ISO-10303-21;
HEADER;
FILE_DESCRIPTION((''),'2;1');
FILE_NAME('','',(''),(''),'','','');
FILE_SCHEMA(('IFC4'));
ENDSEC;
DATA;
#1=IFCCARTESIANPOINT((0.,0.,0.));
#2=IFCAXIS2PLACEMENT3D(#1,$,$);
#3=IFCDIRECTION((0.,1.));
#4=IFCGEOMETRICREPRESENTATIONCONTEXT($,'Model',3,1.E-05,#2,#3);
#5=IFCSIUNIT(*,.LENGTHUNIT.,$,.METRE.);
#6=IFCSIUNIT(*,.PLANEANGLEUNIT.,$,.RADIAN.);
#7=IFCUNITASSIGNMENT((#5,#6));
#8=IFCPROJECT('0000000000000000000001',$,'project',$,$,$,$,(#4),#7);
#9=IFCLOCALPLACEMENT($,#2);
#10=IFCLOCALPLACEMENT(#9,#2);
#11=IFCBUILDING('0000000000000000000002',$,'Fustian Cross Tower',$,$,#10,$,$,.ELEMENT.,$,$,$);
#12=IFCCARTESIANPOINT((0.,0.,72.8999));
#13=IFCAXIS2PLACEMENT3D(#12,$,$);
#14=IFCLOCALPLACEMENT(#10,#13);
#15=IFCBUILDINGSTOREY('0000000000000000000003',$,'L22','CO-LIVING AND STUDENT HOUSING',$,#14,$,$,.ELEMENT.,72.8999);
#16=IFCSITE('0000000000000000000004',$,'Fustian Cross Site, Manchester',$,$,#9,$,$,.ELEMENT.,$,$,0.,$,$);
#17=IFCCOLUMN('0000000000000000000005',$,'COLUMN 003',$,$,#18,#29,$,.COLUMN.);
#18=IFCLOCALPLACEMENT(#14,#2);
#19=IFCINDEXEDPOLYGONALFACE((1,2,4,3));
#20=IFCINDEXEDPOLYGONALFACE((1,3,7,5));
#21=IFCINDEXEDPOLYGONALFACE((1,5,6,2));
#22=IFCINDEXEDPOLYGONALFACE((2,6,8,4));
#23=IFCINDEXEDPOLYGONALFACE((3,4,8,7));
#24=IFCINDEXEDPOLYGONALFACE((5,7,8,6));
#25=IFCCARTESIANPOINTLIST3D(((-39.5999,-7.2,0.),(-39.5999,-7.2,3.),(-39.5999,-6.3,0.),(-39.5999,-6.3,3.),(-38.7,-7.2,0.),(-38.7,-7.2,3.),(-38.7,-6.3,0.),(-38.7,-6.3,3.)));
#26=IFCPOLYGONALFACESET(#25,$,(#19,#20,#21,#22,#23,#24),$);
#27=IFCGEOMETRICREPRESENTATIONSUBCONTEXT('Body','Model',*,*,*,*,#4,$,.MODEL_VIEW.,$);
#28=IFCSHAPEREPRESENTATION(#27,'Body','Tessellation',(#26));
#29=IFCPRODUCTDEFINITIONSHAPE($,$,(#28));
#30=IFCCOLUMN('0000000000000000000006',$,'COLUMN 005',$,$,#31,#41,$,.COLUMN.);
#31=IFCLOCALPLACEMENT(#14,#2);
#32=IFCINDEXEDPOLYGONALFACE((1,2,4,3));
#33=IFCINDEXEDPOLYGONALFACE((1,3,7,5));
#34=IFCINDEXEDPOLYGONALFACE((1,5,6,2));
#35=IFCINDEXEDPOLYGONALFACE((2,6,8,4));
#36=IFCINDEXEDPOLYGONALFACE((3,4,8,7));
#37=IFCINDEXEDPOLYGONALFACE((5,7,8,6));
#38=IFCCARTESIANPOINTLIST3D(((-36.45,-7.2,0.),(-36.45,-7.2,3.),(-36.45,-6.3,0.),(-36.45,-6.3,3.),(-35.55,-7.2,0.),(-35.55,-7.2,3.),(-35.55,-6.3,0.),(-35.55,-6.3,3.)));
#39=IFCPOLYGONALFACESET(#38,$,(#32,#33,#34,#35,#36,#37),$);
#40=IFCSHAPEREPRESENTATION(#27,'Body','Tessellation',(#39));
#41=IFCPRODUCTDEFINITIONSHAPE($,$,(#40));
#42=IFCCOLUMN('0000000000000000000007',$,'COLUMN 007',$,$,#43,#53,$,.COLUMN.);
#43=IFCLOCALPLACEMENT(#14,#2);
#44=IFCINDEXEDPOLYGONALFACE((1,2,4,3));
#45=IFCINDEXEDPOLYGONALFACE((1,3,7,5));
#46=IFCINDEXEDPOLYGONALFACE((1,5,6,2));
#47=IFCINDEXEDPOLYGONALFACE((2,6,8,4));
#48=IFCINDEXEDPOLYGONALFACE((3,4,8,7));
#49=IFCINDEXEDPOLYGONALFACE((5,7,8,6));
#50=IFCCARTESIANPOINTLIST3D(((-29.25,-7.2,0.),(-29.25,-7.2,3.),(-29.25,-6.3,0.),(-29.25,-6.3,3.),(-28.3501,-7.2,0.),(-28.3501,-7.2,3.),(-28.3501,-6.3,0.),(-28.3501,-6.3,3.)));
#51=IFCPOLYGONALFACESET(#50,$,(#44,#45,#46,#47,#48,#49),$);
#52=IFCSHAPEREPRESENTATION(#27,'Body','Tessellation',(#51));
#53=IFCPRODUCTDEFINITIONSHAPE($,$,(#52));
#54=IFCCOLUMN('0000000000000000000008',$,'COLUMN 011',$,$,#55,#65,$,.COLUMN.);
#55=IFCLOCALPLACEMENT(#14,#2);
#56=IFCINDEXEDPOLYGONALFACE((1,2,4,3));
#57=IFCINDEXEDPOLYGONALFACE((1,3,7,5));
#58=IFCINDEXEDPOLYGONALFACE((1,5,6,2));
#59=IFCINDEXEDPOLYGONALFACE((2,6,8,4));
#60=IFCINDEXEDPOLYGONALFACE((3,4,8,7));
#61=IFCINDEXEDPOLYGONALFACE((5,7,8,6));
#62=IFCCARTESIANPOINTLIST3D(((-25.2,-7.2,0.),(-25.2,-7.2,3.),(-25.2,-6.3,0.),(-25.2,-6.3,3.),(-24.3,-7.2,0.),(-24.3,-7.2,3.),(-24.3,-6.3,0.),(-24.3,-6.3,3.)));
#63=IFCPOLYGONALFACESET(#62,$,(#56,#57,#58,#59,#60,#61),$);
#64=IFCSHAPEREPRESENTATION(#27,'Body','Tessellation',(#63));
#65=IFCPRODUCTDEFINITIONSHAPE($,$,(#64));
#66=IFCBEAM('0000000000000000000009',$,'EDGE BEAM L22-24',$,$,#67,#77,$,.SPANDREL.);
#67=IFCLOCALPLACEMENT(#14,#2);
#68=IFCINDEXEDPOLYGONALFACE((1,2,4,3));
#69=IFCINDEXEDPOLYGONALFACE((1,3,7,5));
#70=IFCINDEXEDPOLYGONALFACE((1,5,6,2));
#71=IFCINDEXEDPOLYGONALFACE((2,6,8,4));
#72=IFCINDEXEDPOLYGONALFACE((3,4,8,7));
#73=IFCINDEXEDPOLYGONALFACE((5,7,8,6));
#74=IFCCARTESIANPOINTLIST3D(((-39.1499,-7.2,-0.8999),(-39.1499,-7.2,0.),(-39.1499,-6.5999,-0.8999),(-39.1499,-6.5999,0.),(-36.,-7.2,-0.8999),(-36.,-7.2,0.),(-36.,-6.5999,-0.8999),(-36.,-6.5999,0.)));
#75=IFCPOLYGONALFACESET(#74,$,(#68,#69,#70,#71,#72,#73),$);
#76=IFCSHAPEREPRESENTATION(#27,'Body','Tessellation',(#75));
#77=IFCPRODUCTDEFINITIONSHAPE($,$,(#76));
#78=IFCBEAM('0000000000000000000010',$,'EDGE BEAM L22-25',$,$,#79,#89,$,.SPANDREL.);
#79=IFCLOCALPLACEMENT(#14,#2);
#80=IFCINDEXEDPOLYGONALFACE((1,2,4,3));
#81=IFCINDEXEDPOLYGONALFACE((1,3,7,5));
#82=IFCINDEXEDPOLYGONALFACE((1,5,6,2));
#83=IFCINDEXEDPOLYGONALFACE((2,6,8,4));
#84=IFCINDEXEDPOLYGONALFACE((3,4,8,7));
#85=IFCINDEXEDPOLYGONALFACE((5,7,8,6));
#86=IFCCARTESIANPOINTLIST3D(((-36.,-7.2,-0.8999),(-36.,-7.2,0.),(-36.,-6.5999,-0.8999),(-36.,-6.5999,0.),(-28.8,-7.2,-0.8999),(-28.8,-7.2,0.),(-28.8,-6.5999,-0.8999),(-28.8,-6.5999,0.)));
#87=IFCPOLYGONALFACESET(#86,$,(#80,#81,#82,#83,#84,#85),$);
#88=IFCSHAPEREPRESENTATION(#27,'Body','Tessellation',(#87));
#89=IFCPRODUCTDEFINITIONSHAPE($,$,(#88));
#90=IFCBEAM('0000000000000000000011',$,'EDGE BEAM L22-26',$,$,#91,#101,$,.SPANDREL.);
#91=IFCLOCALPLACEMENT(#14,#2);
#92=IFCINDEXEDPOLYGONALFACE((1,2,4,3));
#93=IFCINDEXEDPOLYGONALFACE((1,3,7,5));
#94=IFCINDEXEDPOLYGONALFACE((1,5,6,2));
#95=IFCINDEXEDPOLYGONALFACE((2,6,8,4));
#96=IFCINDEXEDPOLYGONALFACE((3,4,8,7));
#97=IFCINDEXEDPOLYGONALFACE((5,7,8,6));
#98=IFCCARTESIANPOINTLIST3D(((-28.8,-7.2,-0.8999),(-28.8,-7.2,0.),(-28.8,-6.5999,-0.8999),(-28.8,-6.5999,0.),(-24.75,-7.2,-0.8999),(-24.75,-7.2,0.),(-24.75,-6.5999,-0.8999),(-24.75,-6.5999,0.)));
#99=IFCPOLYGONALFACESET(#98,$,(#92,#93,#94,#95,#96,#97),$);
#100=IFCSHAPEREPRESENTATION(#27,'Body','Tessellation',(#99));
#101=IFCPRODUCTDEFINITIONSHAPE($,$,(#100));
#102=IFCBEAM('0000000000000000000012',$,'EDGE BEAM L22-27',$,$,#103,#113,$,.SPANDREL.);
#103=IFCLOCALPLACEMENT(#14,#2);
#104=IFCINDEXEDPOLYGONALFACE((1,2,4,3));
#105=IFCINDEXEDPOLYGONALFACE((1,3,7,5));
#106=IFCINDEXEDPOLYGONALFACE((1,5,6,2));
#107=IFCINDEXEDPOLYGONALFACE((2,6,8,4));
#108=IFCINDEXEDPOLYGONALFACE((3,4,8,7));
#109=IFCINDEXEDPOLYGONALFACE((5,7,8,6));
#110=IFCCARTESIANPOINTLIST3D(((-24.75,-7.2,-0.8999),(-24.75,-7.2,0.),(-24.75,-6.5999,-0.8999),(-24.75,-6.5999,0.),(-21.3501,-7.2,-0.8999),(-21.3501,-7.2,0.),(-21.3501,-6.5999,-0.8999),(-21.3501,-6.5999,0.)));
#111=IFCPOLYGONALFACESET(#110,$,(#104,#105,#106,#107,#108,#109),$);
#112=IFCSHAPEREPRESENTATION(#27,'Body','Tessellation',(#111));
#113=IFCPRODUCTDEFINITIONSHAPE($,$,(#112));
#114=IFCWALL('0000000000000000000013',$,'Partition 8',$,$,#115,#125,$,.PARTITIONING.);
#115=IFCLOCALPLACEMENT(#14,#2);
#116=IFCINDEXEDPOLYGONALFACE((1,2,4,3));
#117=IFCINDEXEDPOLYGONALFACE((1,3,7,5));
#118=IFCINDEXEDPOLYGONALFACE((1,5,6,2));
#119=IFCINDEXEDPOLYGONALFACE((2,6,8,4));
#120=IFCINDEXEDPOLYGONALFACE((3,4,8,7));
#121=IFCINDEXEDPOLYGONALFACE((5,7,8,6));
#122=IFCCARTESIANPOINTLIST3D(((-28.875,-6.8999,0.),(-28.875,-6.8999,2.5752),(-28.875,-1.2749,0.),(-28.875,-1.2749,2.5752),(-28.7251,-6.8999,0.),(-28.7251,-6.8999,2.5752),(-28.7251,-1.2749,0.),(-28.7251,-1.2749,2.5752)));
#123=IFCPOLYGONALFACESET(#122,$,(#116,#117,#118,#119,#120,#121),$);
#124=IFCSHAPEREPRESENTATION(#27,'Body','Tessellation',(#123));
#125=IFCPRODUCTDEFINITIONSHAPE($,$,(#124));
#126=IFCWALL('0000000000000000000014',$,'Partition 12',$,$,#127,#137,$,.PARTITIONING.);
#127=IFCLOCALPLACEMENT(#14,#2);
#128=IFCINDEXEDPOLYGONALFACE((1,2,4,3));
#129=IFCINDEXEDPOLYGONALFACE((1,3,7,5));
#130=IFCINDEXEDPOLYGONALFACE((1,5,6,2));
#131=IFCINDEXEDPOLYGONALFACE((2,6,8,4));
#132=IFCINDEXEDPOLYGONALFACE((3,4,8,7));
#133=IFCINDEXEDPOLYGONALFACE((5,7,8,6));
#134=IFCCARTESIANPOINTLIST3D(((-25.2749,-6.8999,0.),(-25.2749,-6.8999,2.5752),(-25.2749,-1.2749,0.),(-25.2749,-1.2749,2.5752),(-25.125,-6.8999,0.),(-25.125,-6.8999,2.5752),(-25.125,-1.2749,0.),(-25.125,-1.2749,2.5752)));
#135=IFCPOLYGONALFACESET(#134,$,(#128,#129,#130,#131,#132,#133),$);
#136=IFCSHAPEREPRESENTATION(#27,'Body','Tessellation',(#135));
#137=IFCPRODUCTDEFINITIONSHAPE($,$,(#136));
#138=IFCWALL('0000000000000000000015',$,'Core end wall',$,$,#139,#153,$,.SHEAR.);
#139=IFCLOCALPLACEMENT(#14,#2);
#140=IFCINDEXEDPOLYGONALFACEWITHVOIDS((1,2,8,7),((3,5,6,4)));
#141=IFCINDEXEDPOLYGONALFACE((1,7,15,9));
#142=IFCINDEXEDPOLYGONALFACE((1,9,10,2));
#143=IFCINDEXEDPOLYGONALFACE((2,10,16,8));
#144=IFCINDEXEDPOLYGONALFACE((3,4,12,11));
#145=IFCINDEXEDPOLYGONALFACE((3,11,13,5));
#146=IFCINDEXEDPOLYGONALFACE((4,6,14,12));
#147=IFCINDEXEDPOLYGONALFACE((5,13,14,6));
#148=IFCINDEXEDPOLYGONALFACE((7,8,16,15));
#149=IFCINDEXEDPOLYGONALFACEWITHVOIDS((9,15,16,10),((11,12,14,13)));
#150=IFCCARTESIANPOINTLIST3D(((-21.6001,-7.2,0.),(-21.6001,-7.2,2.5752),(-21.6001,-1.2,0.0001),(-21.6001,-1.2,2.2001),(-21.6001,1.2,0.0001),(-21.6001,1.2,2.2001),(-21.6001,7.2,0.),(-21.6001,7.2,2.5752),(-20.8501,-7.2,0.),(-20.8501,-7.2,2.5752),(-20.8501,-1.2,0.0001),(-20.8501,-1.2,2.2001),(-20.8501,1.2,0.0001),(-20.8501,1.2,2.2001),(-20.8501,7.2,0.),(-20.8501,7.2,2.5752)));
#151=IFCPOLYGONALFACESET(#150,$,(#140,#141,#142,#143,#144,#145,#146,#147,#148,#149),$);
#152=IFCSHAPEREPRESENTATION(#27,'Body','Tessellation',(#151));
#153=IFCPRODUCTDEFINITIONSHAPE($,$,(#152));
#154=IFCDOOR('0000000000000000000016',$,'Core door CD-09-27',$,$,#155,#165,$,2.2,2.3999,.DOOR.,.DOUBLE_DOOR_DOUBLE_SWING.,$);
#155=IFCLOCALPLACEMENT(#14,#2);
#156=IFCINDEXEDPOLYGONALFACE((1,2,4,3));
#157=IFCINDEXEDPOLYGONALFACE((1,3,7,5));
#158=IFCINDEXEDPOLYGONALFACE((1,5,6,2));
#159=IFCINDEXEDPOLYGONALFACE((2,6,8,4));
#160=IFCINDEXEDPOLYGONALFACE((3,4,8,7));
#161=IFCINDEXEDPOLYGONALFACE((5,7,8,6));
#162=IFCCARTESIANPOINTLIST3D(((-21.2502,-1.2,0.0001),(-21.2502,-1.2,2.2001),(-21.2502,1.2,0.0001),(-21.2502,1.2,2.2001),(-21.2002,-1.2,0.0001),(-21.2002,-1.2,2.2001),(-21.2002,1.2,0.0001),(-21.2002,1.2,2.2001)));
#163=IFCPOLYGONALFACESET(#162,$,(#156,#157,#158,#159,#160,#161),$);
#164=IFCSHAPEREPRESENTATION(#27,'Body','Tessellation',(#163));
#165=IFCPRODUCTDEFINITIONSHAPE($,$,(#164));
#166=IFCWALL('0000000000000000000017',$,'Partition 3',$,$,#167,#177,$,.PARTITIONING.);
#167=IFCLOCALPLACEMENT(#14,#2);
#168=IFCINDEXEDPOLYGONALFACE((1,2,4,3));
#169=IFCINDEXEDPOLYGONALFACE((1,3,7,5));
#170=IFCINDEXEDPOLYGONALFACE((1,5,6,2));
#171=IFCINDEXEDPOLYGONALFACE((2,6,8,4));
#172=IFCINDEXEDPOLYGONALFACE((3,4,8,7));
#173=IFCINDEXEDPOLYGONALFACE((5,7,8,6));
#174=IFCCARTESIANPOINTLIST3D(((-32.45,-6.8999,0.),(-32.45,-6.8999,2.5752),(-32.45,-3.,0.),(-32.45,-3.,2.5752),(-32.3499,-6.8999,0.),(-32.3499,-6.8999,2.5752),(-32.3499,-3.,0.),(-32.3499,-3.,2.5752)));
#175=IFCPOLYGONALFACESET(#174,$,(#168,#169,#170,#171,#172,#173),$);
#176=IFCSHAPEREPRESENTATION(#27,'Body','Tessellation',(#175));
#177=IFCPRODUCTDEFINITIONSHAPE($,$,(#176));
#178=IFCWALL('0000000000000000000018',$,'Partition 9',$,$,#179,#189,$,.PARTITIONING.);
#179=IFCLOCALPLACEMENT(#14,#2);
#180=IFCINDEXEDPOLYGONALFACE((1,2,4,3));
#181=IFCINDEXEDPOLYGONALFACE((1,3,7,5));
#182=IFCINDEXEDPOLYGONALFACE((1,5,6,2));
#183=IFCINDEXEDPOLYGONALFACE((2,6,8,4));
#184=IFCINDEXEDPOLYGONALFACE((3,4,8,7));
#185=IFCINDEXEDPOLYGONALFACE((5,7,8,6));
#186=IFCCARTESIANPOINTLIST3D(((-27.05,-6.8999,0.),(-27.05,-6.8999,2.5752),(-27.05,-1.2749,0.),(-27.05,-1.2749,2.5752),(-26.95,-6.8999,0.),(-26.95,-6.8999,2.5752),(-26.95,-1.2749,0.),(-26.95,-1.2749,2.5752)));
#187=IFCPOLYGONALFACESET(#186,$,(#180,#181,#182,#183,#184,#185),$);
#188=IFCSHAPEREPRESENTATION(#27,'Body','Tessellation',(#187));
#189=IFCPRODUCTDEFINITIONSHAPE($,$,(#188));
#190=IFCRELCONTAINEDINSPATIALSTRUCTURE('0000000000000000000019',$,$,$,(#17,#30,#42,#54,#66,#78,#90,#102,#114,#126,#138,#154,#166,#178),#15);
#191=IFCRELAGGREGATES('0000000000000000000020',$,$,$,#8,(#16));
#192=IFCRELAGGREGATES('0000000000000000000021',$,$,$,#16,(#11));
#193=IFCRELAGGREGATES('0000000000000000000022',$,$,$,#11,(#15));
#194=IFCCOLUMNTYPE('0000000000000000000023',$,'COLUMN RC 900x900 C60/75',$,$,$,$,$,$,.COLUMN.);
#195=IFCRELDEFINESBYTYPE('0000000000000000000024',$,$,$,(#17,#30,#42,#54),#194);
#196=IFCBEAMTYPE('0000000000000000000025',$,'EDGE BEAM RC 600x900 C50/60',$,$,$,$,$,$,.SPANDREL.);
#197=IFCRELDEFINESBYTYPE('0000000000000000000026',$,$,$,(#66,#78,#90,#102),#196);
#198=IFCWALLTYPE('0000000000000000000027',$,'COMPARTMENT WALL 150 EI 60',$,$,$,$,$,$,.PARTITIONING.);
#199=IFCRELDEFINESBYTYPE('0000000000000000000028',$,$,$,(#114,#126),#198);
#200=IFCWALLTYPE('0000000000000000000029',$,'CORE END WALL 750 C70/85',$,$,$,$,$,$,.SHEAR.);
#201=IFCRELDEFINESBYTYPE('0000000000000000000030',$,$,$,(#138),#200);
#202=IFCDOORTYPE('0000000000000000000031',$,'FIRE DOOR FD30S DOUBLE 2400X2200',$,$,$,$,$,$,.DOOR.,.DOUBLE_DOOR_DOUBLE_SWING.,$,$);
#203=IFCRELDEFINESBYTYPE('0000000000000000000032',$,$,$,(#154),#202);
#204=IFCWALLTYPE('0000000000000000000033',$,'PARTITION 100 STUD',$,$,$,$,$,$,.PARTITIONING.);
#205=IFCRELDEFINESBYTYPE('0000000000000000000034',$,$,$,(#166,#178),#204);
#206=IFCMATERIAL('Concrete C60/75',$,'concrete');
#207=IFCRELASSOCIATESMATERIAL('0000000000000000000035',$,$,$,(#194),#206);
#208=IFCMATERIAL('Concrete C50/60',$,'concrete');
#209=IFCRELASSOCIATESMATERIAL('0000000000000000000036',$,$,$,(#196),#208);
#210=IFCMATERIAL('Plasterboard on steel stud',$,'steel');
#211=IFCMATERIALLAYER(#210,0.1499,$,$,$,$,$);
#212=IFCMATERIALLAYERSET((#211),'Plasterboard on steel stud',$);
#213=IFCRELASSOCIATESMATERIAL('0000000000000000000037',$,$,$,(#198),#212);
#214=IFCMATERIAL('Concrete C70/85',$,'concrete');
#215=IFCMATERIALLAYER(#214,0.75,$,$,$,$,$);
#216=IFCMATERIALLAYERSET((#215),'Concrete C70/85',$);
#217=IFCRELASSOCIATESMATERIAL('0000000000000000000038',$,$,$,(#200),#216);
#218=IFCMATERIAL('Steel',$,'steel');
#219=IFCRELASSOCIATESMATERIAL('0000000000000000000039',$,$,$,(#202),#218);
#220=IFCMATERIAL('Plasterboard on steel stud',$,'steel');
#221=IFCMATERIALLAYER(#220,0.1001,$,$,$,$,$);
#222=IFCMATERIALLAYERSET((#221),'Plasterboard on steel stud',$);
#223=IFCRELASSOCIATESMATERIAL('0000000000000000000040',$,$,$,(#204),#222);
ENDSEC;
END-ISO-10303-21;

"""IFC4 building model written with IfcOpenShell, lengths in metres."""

from ifc_helpers import new_model, si_unit, direction, frame, frame_2d, origin, origin_2d, place, context, subcontext, project, spatial, rectangle, extrude, material, layer, layer_set, material_profile, profile_set, type_object, element, fill, save


model = new_model("IFC4")

# Units and contexts
model_context = context("Model", 3, precision=1e-05, world=origin(), true_north=direction((0.0, 1.0)))
body_context = subcontext(model_context, "Body", "Model", "MODEL_VIEW")
ifc_project = project(units=[si_unit("LENGTHUNIT", "METRE"), si_unit("PLANEANGLEUNIT", "RADIAN")], contexts=[model_context])

# Site, building, storey
site_placement = place(None, origin())
site = spatial("IfcSite", under=ifc_project, at=site_placement, Name="Fustian Cross Site, Manchester", CompositionType="ELEMENT", RefElevation=0.0)
building_placement = place(site_placement, origin())
building = spatial("IfcBuilding", under=site, at=building_placement, Name="Fustian Cross Tower", CompositionType="ELEMENT")
storey_placement = place(building_placement, frame((0.0, 0.0, 72.8999)))
storey = spatial("IfcBuildingStorey", under=building, at=storey_placement, Name="L22", Description="CO-LIVING AND STUDENT HOUSING", CompositionType="ELEMENT", Elevation=72.8999)

# Columns
ifc_material_1 = material(Name="Concrete C60/75", Category="concrete")
ifc_material_profile_1 = material_profile(ifc_material_1, rectangle(XDim=0.8999, YDim=0.8999, at=origin_2d()), Name="RC 900x900")
ifc_profile_set_1 = profile_set([ifc_material_profile_1], Name="Concrete C60/75")
column_type = type_object("IfcColumnType", Name="COLUMN RC 900x900 C60/75", PredefinedType="COLUMN", material=ifc_profile_set_1)
for number, where, z_axis, x_axis, name in (
    (1, (-39.1499, -6.75, 0.0), (0.0, 0.0, 1.0), (1.0, 0.0, 0.0), "COLUMN 003"),
    (2, (-36.0, -6.75, 0.0), (0.0, 0.0, 1.0), (1.0, 0.0, 0.0), "COLUMN 005"),
    (3, (-28.8, -6.75, 0.0), (0.0, 0.0, 1.0), (1.0, 0.0, 0.0), "COLUMN 007"),
    (4, (-24.75, -6.75, 0.0), (0.0, 0.0, 1.0), (1.0, 0.0, 0.0), "COLUMN 011"),
):
    element("IfcColumn", number, at=place(storey_placement, frame(where, z_axis=z_axis, x_axis=x_axis)), inside=storey, type_object=column_type, Name=name, PredefinedType="COLUMN", context=body_context, shape_type="SweptSolid", body=[
        extrude(rectangle(XDim=0.8999, YDim=0.8999, at=origin_2d()), origin(), (0.0, 0.0, 1.0), 3.0),
    ])

# Beams
ifc_material_2 = material(Name="Concrete C50/60", Category="concrete")
ifc_material_profile_2 = material_profile(ifc_material_2, rectangle(XDim=0.6001, YDim=0.8999, at=origin_2d()), Name="RC 600x900")
ifc_profile_set_2 = profile_set([ifc_material_profile_2], Name="Concrete C50/60")
beam_type = type_object("IfcBeamType", Name="EDGE BEAM RC 600x900 C50/60", PredefinedType="SPANDREL", material=ifc_profile_set_2)
beam_1_placement = place(storey_placement, frame((-39.1499, -6.8999, -0.45), z_axis=(1.0, 0.0, 0.0), x_axis=(0.0, 1.0, 0.0)))
element("IfcBeam", 5, at=beam_1_placement, inside=storey, type_object=beam_type, Name="EDGE BEAM L22-24", PredefinedType="SPANDREL", context=body_context, shape_type="SweptSolid", body=[
    extrude(rectangle(XDim=0.6001, YDim=0.8999, at=origin_2d()), origin(), (0.0, 0.0, 1.0), 3.1499),
])
beam_2_placement = place(storey_placement, frame((-36.0, -6.8999, -0.45), z_axis=(1.0, 0.0, 0.0), x_axis=(0.0, 1.0, 0.0)))
element("IfcBeam", 6, at=beam_2_placement, inside=storey, type_object=beam_type, Name="EDGE BEAM L22-25", PredefinedType="SPANDREL", context=body_context, shape_type="SweptSolid", body=[
    extrude(rectangle(XDim=0.6001, YDim=0.8999, at=origin_2d()), origin(), (0.0, 0.0, 1.0), 7.2),
])
beam_3_placement = place(storey_placement, frame((-28.8, -6.8999, -0.45), z_axis=(1.0, 0.0, 0.0), x_axis=(0.0, 1.0, 0.0)))
element("IfcBeam", 7, at=beam_3_placement, inside=storey, type_object=beam_type, Name="EDGE BEAM L22-26", PredefinedType="SPANDREL", context=body_context, shape_type="SweptSolid", body=[
    extrude(rectangle(XDim=0.6001, YDim=0.8999, at=origin_2d()), origin(), (0.0, 0.0, 1.0), 4.05),
])
beam_4_placement = place(storey_placement, frame((-24.75, -6.8999, -0.45), z_axis=(1.0, 0.0, 0.0), x_axis=(0.0, 1.0, 0.0)))
element("IfcBeam", 8, at=beam_4_placement, inside=storey, type_object=beam_type, Name="EDGE BEAM L22-27", PredefinedType="SPANDREL", context=body_context, shape_type="SweptSolid", body=[
    extrude(rectangle(XDim=0.6001, YDim=0.8999, at=origin_2d()), origin(), (0.0, 0.0, 1.0), 3.3999),
])

# Walls
ifc_material_3 = material(Name="Plasterboard on steel stud", Category="steel")
ifc_layer_1 = layer(ifc_material_3, 0.1499)
ifc_layer_set_1 = layer_set([ifc_layer_1], Name="Plasterboard on steel stud")
wall_type_1 = type_object("IfcWallType", Name="COMPARTMENT WALL 150 EI 60", PredefinedType="PARTITIONING", material=ifc_layer_set_1)
for number, where, z_axis, x_axis, name in (
    (9, (-28.8, -6.8999, 0.0), (0.0, 0.0, 1.0), (0.0, 1.0, 0.0), "Partition 8"),
    (10, (-25.2, -6.8999, 0.0), (0.0, 0.0, 1.0), (0.0, 1.0, 0.0), "Partition 12"),
):
    element("IfcWall", number, at=place(storey_placement, frame(where, z_axis=z_axis, x_axis=x_axis)), inside=storey, type_object=wall_type_1, Name=name, PredefinedType="PARTITIONING", context=body_context, shape_type="SweptSolid", body=[
        extrude(rectangle(XDim=5.625, YDim=0.1499, at=frame_2d((2.8125, 0.0))), origin(), (0.0, 0.0, 1.0), 2.5752),
    ])

# Wall, opening, door
ifc_material_4 = material(Name="Concrete C70/85", Category="concrete")
ifc_layer_2 = layer(ifc_material_4, 0.75)
ifc_layer_set_2 = layer_set([ifc_layer_2], Name="Concrete C70/85")
wall_type_2 = type_object("IfcWallType", Name="CORE END WALL 750 C70/85", PredefinedType="SHEAR", material=ifc_layer_set_2)
wall_1_placement = place(storey_placement, frame((-21.2251, -7.2, 0.0), z_axis=(0.0, 0.0, 1.0), x_axis=(0.0, 1.0, 0.0)))
wall_1 = element("IfcWall", 11, at=wall_1_placement, inside=storey, type_object=wall_type_2, Name="Core end wall", PredefinedType="SHEAR", context=body_context, shape_type="SweptSolid", body=[
    extrude(rectangle(XDim=14.3999, YDim=0.75, at=frame_2d((7.2, 0.0))), origin(), (0.0, 0.0, 1.0), 2.5752),
])
opening_1_placement = place(wall_1_placement, frame((6.0, 0.0, 0.0)))
opening_1 = element("IfcOpeningElement", 12, at=opening_1_placement, cuts=wall_1, PredefinedType="OPENING", context=body_context, shape_type="SweptSolid", body=[
    extrude(rectangle(XDim=2.3999, YDim=2.2, at=frame_2d((1.2, 1.1001))), frame((0.0, 0.385, 0.0), z_axis=(0.0, -1.0, 0.0), x_axis=(1.0, 0.0, 0.0)), (0.0, 0.0, 1.0), 0.77),
])
ifc_material_5 = material(Name="Steel", Category="steel")
door_type = type_object("IfcDoorType", Name="FIRE DOOR FD30S DOUBLE 2400X2200", OperationType="DOUBLE_DOOR_DOUBLE_SWING", PredefinedType="DOOR", material=ifc_material_5)
door_placement = place(opening_1_placement, frame((2.3999, 0.0, 0.0), z_axis=(0.0, 0.0, 1.0), x_axis=(-1.0, 0.0, 0.0)))
door = element("IfcDoor", 13, at=door_placement, inside=storey, type_object=door_type, Name="Core door CD-09-27", OperationType="DOUBLE_DOOR_DOUBLE_SWING", OverallHeight=2.2, OverallWidth=2.3999, PredefinedType="DOOR", context=body_context, shape_type="SweptSolid", body=[
    extrude(rectangle(XDim=2.3999, YDim=2.2, at=frame_2d((1.2, 1.1001))), frame((0.0, 0.0249, 0.0), z_axis=(0.0, -1.0, 0.0), x_axis=(1.0, 0.0, 0.0)), (0.0, 0.0, 1.0), 0.05),
])
fill(opening_1, door)

# Walls
ifc_material_6 = material(Name="Plasterboard on steel stud", Category="steel")
ifc_layer_3 = layer(ifc_material_6, 0.1001)
ifc_layer_set_3 = layer_set([ifc_layer_3], Name="Plasterboard on steel stud")
wall_type_3 = type_object("IfcWallType", Name="PARTITION 100 STUD", PredefinedType="PARTITIONING", material=ifc_layer_set_3)
wall_2_placement = place(storey_placement, frame((-32.3999, -6.8999, 0.0), z_axis=(0.0, 0.0, 1.0), x_axis=(0.0, 1.0, 0.0)))
element("IfcWall", 14, at=wall_2_placement, inside=storey, type_object=wall_type_3, Name="Partition 3", PredefinedType="PARTITIONING", context=body_context, shape_type="SweptSolid", body=[
    extrude(rectangle(XDim=3.8999, YDim=0.1001, at=frame_2d((1.95, 0.0))), origin(), (0.0, 0.0, 1.0), 2.5752),
])
wall_3_placement = place(storey_placement, frame((-27.0, -6.8999, 0.0), z_axis=(0.0, 0.0, 1.0), x_axis=(0.0, 1.0, 0.0)))
element("IfcWall", 15, at=wall_3_placement, inside=storey, type_object=wall_type_3, Name="Partition 9", PredefinedType="PARTITIONING", context=body_context, shape_type="SweptSolid", body=[
    extrude(rectangle(XDim=5.625, YDim=0.1001, at=frame_2d((2.8125, 0.0))), origin(), (0.0, 0.0, 1.0), 2.5752),
])

save(model, "model.ifc")
